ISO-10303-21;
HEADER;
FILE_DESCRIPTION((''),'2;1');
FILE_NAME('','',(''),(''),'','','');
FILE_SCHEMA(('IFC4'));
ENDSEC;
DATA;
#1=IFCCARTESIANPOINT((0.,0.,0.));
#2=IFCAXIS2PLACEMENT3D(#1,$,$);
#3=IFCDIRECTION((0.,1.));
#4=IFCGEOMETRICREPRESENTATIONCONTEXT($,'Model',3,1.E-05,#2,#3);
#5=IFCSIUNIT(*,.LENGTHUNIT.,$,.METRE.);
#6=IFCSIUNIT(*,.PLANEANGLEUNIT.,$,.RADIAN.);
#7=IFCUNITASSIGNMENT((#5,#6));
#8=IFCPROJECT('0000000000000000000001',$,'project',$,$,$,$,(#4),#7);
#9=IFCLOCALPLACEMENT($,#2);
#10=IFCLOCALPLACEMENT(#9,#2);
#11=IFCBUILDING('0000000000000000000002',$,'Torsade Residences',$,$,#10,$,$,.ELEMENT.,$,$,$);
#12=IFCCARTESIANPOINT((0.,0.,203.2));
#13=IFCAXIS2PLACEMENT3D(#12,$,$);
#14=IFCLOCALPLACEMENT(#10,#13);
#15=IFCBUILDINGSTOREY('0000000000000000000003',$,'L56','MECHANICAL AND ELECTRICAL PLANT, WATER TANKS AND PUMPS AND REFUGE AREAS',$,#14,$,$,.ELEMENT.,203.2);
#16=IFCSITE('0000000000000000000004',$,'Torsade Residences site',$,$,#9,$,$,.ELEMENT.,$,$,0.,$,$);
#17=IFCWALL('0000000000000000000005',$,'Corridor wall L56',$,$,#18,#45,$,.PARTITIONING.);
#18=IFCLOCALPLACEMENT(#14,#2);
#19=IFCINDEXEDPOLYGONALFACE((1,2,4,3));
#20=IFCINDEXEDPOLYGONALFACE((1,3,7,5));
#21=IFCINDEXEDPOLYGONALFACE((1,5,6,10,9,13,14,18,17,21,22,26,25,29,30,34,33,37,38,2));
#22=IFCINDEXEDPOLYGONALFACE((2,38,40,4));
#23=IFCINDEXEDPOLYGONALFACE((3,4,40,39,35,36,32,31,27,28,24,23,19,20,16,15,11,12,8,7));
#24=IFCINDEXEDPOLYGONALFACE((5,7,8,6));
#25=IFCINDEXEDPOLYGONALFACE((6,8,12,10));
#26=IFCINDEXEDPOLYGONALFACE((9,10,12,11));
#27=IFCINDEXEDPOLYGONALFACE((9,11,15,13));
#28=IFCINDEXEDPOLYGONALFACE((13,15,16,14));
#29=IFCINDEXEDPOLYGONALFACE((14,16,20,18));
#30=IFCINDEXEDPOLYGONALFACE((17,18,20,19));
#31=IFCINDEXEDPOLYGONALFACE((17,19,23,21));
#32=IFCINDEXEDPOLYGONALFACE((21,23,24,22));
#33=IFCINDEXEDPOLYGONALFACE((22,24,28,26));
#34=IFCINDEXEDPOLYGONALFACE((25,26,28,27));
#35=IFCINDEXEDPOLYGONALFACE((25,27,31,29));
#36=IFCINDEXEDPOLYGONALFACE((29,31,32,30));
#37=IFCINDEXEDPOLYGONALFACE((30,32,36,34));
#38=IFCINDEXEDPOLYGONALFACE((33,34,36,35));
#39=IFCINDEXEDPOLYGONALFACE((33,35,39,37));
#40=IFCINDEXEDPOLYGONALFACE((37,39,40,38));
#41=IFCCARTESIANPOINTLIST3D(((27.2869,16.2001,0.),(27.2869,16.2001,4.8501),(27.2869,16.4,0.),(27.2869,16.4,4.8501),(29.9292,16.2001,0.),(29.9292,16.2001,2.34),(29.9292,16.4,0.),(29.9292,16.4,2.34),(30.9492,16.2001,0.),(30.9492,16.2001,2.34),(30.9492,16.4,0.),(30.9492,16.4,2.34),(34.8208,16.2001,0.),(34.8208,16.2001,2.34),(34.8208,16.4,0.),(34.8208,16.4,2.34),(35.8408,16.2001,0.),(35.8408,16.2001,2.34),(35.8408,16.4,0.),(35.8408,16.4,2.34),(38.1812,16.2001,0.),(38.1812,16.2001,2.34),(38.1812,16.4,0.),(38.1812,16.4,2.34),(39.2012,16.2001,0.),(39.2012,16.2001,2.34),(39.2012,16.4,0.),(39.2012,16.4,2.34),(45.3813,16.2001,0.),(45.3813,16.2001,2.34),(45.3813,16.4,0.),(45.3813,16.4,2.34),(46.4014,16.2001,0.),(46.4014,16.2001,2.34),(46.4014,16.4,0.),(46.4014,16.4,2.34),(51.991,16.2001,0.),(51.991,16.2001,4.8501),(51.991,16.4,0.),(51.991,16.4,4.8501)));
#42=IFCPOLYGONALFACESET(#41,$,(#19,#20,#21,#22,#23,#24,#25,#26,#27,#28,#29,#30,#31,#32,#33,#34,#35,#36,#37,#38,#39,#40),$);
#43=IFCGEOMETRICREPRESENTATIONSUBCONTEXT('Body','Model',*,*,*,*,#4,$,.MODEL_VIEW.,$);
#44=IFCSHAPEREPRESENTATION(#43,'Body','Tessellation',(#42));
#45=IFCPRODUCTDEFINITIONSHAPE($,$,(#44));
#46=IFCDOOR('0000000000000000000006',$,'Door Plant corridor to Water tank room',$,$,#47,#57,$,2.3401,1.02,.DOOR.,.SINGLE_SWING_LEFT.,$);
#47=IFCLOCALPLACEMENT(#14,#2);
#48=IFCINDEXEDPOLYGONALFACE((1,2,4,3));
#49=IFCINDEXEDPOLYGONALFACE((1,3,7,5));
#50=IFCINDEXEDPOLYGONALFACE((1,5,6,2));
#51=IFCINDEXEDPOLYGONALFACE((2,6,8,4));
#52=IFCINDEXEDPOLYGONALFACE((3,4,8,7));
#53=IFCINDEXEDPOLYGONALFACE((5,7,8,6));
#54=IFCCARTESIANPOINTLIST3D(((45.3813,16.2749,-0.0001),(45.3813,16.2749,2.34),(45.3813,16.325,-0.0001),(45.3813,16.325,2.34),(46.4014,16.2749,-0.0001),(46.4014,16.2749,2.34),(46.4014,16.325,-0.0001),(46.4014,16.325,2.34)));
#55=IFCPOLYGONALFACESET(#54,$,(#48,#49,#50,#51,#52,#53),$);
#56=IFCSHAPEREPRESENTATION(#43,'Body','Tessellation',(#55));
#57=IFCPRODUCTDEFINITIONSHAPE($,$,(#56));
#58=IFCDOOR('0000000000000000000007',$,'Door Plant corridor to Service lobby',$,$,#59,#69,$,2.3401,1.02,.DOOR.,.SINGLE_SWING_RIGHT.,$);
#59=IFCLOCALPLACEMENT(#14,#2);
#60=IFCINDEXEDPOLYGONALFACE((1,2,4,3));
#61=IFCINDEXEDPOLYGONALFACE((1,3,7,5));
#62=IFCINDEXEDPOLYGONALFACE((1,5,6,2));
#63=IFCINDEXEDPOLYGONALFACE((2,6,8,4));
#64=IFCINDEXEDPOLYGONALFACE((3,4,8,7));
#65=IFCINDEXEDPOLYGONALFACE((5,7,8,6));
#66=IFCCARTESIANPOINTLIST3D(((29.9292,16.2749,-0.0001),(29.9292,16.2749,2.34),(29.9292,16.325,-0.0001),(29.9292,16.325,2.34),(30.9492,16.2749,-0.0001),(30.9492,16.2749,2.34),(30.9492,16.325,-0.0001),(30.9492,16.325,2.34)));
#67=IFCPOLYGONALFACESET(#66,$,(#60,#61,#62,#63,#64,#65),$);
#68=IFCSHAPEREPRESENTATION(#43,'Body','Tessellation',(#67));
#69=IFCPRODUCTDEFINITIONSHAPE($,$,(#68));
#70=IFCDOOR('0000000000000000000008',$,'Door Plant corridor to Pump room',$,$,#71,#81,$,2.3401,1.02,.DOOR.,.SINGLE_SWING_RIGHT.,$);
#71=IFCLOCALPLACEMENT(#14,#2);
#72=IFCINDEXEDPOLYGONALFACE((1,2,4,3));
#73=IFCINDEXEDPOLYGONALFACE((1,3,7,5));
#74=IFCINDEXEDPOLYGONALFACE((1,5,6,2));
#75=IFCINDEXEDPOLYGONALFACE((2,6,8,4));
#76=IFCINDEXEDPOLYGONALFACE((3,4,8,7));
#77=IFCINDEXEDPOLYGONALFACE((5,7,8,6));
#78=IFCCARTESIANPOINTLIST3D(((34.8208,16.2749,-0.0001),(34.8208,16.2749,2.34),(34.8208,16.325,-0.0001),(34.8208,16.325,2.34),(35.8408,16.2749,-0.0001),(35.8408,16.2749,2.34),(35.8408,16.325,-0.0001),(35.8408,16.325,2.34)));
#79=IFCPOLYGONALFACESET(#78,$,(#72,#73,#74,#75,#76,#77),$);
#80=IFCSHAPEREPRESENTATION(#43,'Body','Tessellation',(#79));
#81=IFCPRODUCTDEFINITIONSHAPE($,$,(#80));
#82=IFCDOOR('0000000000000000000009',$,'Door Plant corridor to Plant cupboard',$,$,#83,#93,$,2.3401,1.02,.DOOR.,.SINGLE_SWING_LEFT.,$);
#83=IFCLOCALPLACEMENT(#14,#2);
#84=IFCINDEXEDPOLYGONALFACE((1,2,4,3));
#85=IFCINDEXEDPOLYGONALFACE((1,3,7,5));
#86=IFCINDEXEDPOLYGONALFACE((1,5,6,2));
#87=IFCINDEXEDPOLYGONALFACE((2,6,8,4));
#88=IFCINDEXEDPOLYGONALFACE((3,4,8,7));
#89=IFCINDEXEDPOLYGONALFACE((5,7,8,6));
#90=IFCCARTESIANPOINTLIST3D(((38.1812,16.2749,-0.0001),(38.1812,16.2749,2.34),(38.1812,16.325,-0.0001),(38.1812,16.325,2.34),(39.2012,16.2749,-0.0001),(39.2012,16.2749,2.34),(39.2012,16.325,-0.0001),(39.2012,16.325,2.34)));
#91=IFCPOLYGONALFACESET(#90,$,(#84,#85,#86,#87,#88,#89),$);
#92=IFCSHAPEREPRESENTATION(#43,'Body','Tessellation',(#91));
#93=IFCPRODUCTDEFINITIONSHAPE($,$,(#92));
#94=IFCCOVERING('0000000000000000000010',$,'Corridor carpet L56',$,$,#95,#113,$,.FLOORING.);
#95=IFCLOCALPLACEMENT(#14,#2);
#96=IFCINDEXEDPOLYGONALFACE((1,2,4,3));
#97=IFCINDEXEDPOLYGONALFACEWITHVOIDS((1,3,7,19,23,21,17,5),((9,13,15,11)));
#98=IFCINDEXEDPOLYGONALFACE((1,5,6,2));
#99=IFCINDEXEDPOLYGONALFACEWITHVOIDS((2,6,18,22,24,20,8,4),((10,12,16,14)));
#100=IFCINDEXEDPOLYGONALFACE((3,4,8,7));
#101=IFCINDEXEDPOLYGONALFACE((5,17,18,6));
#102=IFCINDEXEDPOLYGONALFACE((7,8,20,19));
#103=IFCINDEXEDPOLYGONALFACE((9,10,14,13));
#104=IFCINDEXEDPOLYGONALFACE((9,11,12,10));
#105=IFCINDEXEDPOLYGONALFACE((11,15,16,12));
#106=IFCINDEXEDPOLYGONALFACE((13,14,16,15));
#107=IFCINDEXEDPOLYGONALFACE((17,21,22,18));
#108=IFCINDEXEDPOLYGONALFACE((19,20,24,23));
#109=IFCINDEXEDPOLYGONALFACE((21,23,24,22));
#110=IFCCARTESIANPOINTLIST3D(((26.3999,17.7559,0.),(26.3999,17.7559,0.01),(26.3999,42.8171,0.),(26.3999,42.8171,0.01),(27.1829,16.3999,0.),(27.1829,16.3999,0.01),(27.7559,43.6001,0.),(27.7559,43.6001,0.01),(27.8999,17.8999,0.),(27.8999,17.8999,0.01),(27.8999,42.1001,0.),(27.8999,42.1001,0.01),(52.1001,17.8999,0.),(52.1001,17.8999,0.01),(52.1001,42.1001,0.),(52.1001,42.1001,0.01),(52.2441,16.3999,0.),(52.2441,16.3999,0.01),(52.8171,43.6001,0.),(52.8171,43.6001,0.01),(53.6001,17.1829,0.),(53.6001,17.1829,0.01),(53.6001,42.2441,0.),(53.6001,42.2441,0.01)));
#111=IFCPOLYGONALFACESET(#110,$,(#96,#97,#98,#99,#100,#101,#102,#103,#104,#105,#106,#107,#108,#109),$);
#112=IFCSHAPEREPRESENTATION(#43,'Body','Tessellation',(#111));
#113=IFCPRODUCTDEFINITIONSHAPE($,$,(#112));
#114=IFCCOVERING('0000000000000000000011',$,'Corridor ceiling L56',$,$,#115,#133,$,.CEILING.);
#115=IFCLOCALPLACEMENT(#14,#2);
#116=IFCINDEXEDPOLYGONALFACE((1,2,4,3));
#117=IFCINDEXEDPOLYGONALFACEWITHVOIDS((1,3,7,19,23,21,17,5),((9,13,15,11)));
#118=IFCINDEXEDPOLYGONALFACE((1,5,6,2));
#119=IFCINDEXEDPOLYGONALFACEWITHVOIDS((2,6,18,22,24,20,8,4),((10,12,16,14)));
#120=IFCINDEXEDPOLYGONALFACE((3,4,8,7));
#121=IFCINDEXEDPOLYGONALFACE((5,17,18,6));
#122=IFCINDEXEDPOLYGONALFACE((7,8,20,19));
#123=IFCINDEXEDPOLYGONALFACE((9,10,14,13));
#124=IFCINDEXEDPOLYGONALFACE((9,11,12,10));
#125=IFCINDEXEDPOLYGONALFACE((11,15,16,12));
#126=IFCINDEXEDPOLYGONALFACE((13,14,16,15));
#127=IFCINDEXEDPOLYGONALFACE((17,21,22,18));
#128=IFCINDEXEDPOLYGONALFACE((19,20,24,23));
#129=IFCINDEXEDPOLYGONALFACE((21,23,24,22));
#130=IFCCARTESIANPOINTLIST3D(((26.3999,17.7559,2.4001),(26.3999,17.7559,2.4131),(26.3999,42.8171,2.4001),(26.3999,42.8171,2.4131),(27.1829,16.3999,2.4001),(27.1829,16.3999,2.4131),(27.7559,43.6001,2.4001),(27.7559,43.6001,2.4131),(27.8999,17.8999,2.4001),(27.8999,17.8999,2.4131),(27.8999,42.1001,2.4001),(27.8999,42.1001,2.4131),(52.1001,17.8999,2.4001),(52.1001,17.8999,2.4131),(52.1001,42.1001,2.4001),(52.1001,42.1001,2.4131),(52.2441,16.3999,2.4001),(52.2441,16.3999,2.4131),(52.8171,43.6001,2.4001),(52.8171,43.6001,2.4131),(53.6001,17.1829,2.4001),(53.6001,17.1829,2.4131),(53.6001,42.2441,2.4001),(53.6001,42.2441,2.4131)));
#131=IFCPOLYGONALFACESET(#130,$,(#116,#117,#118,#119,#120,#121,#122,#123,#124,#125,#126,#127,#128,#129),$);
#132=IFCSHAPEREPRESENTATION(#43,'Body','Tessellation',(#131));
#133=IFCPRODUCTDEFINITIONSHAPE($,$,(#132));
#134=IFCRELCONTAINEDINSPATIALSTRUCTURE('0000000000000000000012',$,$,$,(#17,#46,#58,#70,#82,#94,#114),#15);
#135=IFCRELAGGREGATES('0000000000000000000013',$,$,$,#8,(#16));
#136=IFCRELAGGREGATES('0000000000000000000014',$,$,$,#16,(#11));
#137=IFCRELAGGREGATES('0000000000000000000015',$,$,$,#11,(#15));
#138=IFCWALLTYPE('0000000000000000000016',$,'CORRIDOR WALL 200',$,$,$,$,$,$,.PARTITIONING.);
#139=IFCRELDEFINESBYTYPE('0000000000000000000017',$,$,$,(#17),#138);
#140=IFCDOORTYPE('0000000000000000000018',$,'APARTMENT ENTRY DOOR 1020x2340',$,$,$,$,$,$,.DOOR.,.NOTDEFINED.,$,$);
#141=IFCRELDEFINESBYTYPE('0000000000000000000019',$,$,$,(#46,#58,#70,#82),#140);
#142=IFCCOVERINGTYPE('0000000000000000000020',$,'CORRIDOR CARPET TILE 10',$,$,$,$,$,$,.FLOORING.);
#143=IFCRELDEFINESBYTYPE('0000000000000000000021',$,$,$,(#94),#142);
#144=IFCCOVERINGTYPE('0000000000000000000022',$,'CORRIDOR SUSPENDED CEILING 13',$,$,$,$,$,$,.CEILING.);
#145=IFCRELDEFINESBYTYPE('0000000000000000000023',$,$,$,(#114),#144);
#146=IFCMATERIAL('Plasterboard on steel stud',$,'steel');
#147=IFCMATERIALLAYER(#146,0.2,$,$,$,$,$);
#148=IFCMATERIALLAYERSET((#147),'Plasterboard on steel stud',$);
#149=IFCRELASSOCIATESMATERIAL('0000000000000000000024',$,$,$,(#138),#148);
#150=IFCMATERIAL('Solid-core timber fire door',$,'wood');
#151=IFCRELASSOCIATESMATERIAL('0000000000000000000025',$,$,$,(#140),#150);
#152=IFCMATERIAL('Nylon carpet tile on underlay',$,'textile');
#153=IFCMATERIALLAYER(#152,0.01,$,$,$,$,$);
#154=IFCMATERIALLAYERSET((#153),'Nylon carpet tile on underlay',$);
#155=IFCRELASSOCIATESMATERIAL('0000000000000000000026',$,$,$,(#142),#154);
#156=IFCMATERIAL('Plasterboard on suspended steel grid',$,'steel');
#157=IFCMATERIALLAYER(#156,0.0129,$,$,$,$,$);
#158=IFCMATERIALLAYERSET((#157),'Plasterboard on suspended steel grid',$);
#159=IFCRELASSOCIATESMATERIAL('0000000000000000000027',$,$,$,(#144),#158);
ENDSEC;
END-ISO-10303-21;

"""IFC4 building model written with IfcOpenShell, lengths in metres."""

from ifc_helpers import new_model, si_unit, direction, frame, frame_2d, origin, place, context, subcontext, project, spatial, polyline, rectangle, outline, extrude, material, layer, layer_set, type_object, element, fill, save


model = new_model("IFC4")

# Units and contexts
model_context = context("Model", 3, precision=1e-05, world=origin(), true_north=direction((0.0, 1.0)))
body_context = subcontext(model_context, "Body", "Model", "MODEL_VIEW")
ifc_project = project(units=[si_unit("LENGTHUNIT", "METRE"), si_unit("PLANEANGLEUNIT", "RADIAN")], contexts=[model_context])

# Site, building, storey
site_placement = place(None, origin())
site = spatial("IfcSite", under=ifc_project, at=site_placement, Name="Torsade Residences site", CompositionType="ELEMENT", RefElevation=0.0)
building_placement = place(site_placement, origin())
building = spatial("IfcBuilding", under=site, at=building_placement, Name="Torsade Residences", CompositionType="ELEMENT")
storey_placement = place(building_placement, frame((0.0, 0.0, 203.2)))
storey = spatial("IfcBuildingStorey", under=building, at=storey_placement, Name="L56", Description="MECHANICAL AND ELECTRICAL PLANT, WATER TANKS AND PUMPS AND REFUGE AREAS", CompositionType="ELEMENT", Elevation=203.2)

# Wall, openings, doors
ifc_material_1 = material(Name="Plasterboard on steel stud", Category="steel")
ifc_layer_1 = layer(ifc_material_1, 0.2)
ifc_layer_set_1 = layer_set([ifc_layer_1], Name="Plasterboard on steel stud")
wall_type = type_object("IfcWallType", Name="CORRIDOR WALL 200", PredefinedType="PARTITIONING", material=ifc_layer_set_1)
wall_placement = place(storey_placement, frame((27.2869, 16.3, 0.0), z_axis=(0.0, 0.0, 1.0), x_axis=(1.0, 0.0, 0.0)))
wall = element("IfcWall", 1, at=wall_placement, inside=storey, type_object=wall_type, Name="Corridor wall L56", PredefinedType="PARTITIONING", context=body_context, shape_type="SweptSolid", body=[
    extrude(rectangle(XDim=24.7041, YDim=0.2, at=frame_2d((12.3521, 0.0))), origin(), (0.0, 0.0, 1.0), 4.8501),
])
opening_1_placement = place(wall_placement, frame((18.0945, 0.0, 0.0)))
opening_1 = element("IfcOpeningElement", 2, at=opening_1_placement, cuts=wall, PredefinedType="OPENING", context=body_context, shape_type="SweptSolid", body=[
    extrude(rectangle(XDim=1.02, YDim=2.3401, at=frame_2d((0.51, 1.1699))), frame((0.0, 0.1099, 0.0), z_axis=(0.0, -1.0, 0.0), x_axis=(1.0, 0.0, 0.0)), (0.0, 0.0, 1.0), 0.22),
])
opening_2_placement = place(wall_placement, frame((2.6423, 0.0, 0.0)))
opening_2 = element("IfcOpeningElement", 3, at=opening_2_placement, cuts=wall, PredefinedType="OPENING", context=body_context, shape_type="SweptSolid", body=[
    extrude(rectangle(XDim=1.02, YDim=2.3401, at=frame_2d((0.51, 1.1699))), frame((0.0, 0.1099, 0.0), z_axis=(0.0, -1.0, 0.0), x_axis=(1.0, 0.0, 0.0)), (0.0, 0.0, 1.0), 0.22),
])
opening_3_placement = place(wall_placement, frame((7.5339, 0.0, 0.0)))
opening_3 = element("IfcOpeningElement", 4, at=opening_3_placement, cuts=wall, PredefinedType="OPENING", context=body_context, shape_type="SweptSolid", body=[
    extrude(rectangle(XDim=1.02, YDim=2.3401, at=frame_2d((0.51, 1.1699))), frame((0.0, 0.1099, 0.0), z_axis=(0.0, -1.0, 0.0), x_axis=(1.0, 0.0, 0.0)), (0.0, 0.0, 1.0), 0.22),
])
opening_4_placement = place(wall_placement, frame((10.8943, 0.0, 0.0)))
opening_4 = element("IfcOpeningElement", 5, at=opening_4_placement, cuts=wall, PredefinedType="OPENING", context=body_context, shape_type="SweptSolid", body=[
    extrude(rectangle(XDim=1.02, YDim=2.3401, at=frame_2d((0.51, 1.1699))), frame((0.0, 0.1099, 0.0), z_axis=(0.0, -1.0, 0.0), x_axis=(1.0, 0.0, 0.0)), (0.0, 0.0, 1.0), 0.22),
])
ifc_material_2 = material(Name="Solid-core timber fire door", Category="wood")
door_type = type_object("IfcDoorType", Name="APARTMENT ENTRY DOOR 1020x2340", OperationType="NOTDEFINED", PredefinedType="DOOR", material=ifc_material_2)
door_1_placement = place(opening_1_placement, origin())
door_1 = element("IfcDoor", 6, at=door_1_placement, inside=storey, type_object=door_type, Name="Door Plant corridor to Water tank room", OperationType="SINGLE_SWING_LEFT", OverallHeight=2.3401, OverallWidth=1.02, PredefinedType="DOOR", context=body_context, shape_type="SweptSolid", body=[
    extrude(rectangle(XDim=1.02, YDim=2.3401, at=frame_2d((0.51, 1.1699))), frame((0.0, 0.0249, 0.0), z_axis=(0.0, -1.0, 0.0), x_axis=(1.0, 0.0, 0.0)), (0.0, 0.0, 1.0), 0.05),
])
fill(opening_1, door_1)
door_2_placement = place(opening_2_placement, origin())
door_2 = element("IfcDoor", 7, at=door_2_placement, inside=storey, type_object=door_type, Name="Door Plant corridor to Service lobby", OperationType="SINGLE_SWING_RIGHT", OverallHeight=2.3401, OverallWidth=1.02, PredefinedType="DOOR", context=body_context, shape_type="SweptSolid", body=[
    extrude(rectangle(XDim=1.02, YDim=2.3401, at=frame_2d((0.51, 1.1699))), frame((0.0, 0.0249, 0.0), z_axis=(0.0, -1.0, 0.0), x_axis=(1.0, 0.0, 0.0)), (0.0, 0.0, 1.0), 0.05),
])
fill(opening_2, door_2)
door_3_placement = place(opening_3_placement, origin())
door_3 = element("IfcDoor", 8, at=door_3_placement, inside=storey, type_object=door_type, Name="Door Plant corridor to Pump room", OperationType="SINGLE_SWING_RIGHT", OverallHeight=2.3401, OverallWidth=1.02, PredefinedType="DOOR", context=body_context, shape_type="SweptSolid", body=[
    extrude(rectangle(XDim=1.02, YDim=2.3401, at=frame_2d((0.51, 1.1699))), frame((0.0, 0.0249, 0.0), z_axis=(0.0, -1.0, 0.0), x_axis=(1.0, 0.0, 0.0)), (0.0, 0.0, 1.0), 0.05),
])
fill(opening_3, door_3)
door_4_placement = place(opening_4_placement, origin())
door_4 = element("IfcDoor", 9, at=door_4_placement, inside=storey, type_object=door_type, Name="Door Plant corridor to Plant cupboard", OperationType="SINGLE_SWING_LEFT", OverallHeight=2.3401, OverallWidth=1.02, PredefinedType="DOOR", context=body_context, shape_type="SweptSolid", body=[
    extrude(rectangle(XDim=1.02, YDim=2.3401, at=frame_2d((0.51, 1.1699))), frame((0.0, 0.0249, 0.0), z_axis=(0.0, -1.0, 0.0), x_axis=(1.0, 0.0, 0.0)), (0.0, 0.0, 1.0), 0.05),
])
fill(opening_4, door_4)

# Coverings
ifc_material_3 = material(Name="Nylon carpet tile on underlay", Category="textile")
ifc_layer_2 = layer(ifc_material_3, 0.01)
ifc_layer_set_2 = layer_set([ifc_layer_2], Name="Nylon carpet tile on underlay")
covering_type_1 = type_object("IfcCoveringType", Name="CORRIDOR CARPET TILE 10", PredefinedType="FLOORING", material=ifc_layer_set_2)
covering_1_placement = place(storey_placement, origin())
element("IfcCovering", 10, at=covering_1_placement, inside=storey, type_object=covering_type_1, Name="Corridor carpet L56", PredefinedType="FLOORING", context=body_context, shape_type="SweptSolid", body=[
    extrude(outline(polyline([(26.3999, 17.7559), (27.1829, 16.3999), (52.2441, 16.3999), (53.6001, 17.1829), (53.6001, 42.2441), (52.8171, 43.6001), (27.7559, 43.6001), (26.3999, 42.8171), (26.3999, 17.7559)]), holes=[polyline([(27.8999, 42.1001), (27.8999, 17.8999), (52.1001, 17.8999), (52.1001, 42.1001), (27.8999, 42.1001)])]), origin(), (0.0, 0.0, 1.0), 0.01),
])
ifc_material_4 = material(Name="Plasterboard on suspended steel grid", Category="steel")
ifc_layer_3 = layer(ifc_material_4, 0.0129)
ifc_layer_set_3 = layer_set([ifc_layer_3], Name="Plasterboard on suspended steel grid")
covering_type_2 = type_object("IfcCoveringType", Name="CORRIDOR SUSPENDED CEILING 13", PredefinedType="CEILING", material=ifc_layer_set_3)
covering_2_placement = place(storey_placement, frame((0.0, 0.0, 2.4001)))
element("IfcCovering", 11, at=covering_2_placement, inside=storey, type_object=covering_type_2, Name="Corridor ceiling L56", PredefinedType="CEILING", context=body_context, shape_type="SweptSolid", body=[
    extrude(outline(polyline([(26.3999, 17.7559), (27.1829, 16.3999), (52.2441, 16.3999), (53.6001, 17.1829), (53.6001, 42.2441), (52.8171, 43.6001), (27.7559, 43.6001), (26.3999, 42.8171), (26.3999, 17.7559)]), holes=[polyline([(27.8999, 42.1001), (27.8999, 17.8999), (52.1001, 17.8999), (52.1001, 42.1001), (27.8999, 42.1001)])]), origin(), (0.0, 0.0, 1.0), 0.0129),
])

save(model, "model.ifc")
